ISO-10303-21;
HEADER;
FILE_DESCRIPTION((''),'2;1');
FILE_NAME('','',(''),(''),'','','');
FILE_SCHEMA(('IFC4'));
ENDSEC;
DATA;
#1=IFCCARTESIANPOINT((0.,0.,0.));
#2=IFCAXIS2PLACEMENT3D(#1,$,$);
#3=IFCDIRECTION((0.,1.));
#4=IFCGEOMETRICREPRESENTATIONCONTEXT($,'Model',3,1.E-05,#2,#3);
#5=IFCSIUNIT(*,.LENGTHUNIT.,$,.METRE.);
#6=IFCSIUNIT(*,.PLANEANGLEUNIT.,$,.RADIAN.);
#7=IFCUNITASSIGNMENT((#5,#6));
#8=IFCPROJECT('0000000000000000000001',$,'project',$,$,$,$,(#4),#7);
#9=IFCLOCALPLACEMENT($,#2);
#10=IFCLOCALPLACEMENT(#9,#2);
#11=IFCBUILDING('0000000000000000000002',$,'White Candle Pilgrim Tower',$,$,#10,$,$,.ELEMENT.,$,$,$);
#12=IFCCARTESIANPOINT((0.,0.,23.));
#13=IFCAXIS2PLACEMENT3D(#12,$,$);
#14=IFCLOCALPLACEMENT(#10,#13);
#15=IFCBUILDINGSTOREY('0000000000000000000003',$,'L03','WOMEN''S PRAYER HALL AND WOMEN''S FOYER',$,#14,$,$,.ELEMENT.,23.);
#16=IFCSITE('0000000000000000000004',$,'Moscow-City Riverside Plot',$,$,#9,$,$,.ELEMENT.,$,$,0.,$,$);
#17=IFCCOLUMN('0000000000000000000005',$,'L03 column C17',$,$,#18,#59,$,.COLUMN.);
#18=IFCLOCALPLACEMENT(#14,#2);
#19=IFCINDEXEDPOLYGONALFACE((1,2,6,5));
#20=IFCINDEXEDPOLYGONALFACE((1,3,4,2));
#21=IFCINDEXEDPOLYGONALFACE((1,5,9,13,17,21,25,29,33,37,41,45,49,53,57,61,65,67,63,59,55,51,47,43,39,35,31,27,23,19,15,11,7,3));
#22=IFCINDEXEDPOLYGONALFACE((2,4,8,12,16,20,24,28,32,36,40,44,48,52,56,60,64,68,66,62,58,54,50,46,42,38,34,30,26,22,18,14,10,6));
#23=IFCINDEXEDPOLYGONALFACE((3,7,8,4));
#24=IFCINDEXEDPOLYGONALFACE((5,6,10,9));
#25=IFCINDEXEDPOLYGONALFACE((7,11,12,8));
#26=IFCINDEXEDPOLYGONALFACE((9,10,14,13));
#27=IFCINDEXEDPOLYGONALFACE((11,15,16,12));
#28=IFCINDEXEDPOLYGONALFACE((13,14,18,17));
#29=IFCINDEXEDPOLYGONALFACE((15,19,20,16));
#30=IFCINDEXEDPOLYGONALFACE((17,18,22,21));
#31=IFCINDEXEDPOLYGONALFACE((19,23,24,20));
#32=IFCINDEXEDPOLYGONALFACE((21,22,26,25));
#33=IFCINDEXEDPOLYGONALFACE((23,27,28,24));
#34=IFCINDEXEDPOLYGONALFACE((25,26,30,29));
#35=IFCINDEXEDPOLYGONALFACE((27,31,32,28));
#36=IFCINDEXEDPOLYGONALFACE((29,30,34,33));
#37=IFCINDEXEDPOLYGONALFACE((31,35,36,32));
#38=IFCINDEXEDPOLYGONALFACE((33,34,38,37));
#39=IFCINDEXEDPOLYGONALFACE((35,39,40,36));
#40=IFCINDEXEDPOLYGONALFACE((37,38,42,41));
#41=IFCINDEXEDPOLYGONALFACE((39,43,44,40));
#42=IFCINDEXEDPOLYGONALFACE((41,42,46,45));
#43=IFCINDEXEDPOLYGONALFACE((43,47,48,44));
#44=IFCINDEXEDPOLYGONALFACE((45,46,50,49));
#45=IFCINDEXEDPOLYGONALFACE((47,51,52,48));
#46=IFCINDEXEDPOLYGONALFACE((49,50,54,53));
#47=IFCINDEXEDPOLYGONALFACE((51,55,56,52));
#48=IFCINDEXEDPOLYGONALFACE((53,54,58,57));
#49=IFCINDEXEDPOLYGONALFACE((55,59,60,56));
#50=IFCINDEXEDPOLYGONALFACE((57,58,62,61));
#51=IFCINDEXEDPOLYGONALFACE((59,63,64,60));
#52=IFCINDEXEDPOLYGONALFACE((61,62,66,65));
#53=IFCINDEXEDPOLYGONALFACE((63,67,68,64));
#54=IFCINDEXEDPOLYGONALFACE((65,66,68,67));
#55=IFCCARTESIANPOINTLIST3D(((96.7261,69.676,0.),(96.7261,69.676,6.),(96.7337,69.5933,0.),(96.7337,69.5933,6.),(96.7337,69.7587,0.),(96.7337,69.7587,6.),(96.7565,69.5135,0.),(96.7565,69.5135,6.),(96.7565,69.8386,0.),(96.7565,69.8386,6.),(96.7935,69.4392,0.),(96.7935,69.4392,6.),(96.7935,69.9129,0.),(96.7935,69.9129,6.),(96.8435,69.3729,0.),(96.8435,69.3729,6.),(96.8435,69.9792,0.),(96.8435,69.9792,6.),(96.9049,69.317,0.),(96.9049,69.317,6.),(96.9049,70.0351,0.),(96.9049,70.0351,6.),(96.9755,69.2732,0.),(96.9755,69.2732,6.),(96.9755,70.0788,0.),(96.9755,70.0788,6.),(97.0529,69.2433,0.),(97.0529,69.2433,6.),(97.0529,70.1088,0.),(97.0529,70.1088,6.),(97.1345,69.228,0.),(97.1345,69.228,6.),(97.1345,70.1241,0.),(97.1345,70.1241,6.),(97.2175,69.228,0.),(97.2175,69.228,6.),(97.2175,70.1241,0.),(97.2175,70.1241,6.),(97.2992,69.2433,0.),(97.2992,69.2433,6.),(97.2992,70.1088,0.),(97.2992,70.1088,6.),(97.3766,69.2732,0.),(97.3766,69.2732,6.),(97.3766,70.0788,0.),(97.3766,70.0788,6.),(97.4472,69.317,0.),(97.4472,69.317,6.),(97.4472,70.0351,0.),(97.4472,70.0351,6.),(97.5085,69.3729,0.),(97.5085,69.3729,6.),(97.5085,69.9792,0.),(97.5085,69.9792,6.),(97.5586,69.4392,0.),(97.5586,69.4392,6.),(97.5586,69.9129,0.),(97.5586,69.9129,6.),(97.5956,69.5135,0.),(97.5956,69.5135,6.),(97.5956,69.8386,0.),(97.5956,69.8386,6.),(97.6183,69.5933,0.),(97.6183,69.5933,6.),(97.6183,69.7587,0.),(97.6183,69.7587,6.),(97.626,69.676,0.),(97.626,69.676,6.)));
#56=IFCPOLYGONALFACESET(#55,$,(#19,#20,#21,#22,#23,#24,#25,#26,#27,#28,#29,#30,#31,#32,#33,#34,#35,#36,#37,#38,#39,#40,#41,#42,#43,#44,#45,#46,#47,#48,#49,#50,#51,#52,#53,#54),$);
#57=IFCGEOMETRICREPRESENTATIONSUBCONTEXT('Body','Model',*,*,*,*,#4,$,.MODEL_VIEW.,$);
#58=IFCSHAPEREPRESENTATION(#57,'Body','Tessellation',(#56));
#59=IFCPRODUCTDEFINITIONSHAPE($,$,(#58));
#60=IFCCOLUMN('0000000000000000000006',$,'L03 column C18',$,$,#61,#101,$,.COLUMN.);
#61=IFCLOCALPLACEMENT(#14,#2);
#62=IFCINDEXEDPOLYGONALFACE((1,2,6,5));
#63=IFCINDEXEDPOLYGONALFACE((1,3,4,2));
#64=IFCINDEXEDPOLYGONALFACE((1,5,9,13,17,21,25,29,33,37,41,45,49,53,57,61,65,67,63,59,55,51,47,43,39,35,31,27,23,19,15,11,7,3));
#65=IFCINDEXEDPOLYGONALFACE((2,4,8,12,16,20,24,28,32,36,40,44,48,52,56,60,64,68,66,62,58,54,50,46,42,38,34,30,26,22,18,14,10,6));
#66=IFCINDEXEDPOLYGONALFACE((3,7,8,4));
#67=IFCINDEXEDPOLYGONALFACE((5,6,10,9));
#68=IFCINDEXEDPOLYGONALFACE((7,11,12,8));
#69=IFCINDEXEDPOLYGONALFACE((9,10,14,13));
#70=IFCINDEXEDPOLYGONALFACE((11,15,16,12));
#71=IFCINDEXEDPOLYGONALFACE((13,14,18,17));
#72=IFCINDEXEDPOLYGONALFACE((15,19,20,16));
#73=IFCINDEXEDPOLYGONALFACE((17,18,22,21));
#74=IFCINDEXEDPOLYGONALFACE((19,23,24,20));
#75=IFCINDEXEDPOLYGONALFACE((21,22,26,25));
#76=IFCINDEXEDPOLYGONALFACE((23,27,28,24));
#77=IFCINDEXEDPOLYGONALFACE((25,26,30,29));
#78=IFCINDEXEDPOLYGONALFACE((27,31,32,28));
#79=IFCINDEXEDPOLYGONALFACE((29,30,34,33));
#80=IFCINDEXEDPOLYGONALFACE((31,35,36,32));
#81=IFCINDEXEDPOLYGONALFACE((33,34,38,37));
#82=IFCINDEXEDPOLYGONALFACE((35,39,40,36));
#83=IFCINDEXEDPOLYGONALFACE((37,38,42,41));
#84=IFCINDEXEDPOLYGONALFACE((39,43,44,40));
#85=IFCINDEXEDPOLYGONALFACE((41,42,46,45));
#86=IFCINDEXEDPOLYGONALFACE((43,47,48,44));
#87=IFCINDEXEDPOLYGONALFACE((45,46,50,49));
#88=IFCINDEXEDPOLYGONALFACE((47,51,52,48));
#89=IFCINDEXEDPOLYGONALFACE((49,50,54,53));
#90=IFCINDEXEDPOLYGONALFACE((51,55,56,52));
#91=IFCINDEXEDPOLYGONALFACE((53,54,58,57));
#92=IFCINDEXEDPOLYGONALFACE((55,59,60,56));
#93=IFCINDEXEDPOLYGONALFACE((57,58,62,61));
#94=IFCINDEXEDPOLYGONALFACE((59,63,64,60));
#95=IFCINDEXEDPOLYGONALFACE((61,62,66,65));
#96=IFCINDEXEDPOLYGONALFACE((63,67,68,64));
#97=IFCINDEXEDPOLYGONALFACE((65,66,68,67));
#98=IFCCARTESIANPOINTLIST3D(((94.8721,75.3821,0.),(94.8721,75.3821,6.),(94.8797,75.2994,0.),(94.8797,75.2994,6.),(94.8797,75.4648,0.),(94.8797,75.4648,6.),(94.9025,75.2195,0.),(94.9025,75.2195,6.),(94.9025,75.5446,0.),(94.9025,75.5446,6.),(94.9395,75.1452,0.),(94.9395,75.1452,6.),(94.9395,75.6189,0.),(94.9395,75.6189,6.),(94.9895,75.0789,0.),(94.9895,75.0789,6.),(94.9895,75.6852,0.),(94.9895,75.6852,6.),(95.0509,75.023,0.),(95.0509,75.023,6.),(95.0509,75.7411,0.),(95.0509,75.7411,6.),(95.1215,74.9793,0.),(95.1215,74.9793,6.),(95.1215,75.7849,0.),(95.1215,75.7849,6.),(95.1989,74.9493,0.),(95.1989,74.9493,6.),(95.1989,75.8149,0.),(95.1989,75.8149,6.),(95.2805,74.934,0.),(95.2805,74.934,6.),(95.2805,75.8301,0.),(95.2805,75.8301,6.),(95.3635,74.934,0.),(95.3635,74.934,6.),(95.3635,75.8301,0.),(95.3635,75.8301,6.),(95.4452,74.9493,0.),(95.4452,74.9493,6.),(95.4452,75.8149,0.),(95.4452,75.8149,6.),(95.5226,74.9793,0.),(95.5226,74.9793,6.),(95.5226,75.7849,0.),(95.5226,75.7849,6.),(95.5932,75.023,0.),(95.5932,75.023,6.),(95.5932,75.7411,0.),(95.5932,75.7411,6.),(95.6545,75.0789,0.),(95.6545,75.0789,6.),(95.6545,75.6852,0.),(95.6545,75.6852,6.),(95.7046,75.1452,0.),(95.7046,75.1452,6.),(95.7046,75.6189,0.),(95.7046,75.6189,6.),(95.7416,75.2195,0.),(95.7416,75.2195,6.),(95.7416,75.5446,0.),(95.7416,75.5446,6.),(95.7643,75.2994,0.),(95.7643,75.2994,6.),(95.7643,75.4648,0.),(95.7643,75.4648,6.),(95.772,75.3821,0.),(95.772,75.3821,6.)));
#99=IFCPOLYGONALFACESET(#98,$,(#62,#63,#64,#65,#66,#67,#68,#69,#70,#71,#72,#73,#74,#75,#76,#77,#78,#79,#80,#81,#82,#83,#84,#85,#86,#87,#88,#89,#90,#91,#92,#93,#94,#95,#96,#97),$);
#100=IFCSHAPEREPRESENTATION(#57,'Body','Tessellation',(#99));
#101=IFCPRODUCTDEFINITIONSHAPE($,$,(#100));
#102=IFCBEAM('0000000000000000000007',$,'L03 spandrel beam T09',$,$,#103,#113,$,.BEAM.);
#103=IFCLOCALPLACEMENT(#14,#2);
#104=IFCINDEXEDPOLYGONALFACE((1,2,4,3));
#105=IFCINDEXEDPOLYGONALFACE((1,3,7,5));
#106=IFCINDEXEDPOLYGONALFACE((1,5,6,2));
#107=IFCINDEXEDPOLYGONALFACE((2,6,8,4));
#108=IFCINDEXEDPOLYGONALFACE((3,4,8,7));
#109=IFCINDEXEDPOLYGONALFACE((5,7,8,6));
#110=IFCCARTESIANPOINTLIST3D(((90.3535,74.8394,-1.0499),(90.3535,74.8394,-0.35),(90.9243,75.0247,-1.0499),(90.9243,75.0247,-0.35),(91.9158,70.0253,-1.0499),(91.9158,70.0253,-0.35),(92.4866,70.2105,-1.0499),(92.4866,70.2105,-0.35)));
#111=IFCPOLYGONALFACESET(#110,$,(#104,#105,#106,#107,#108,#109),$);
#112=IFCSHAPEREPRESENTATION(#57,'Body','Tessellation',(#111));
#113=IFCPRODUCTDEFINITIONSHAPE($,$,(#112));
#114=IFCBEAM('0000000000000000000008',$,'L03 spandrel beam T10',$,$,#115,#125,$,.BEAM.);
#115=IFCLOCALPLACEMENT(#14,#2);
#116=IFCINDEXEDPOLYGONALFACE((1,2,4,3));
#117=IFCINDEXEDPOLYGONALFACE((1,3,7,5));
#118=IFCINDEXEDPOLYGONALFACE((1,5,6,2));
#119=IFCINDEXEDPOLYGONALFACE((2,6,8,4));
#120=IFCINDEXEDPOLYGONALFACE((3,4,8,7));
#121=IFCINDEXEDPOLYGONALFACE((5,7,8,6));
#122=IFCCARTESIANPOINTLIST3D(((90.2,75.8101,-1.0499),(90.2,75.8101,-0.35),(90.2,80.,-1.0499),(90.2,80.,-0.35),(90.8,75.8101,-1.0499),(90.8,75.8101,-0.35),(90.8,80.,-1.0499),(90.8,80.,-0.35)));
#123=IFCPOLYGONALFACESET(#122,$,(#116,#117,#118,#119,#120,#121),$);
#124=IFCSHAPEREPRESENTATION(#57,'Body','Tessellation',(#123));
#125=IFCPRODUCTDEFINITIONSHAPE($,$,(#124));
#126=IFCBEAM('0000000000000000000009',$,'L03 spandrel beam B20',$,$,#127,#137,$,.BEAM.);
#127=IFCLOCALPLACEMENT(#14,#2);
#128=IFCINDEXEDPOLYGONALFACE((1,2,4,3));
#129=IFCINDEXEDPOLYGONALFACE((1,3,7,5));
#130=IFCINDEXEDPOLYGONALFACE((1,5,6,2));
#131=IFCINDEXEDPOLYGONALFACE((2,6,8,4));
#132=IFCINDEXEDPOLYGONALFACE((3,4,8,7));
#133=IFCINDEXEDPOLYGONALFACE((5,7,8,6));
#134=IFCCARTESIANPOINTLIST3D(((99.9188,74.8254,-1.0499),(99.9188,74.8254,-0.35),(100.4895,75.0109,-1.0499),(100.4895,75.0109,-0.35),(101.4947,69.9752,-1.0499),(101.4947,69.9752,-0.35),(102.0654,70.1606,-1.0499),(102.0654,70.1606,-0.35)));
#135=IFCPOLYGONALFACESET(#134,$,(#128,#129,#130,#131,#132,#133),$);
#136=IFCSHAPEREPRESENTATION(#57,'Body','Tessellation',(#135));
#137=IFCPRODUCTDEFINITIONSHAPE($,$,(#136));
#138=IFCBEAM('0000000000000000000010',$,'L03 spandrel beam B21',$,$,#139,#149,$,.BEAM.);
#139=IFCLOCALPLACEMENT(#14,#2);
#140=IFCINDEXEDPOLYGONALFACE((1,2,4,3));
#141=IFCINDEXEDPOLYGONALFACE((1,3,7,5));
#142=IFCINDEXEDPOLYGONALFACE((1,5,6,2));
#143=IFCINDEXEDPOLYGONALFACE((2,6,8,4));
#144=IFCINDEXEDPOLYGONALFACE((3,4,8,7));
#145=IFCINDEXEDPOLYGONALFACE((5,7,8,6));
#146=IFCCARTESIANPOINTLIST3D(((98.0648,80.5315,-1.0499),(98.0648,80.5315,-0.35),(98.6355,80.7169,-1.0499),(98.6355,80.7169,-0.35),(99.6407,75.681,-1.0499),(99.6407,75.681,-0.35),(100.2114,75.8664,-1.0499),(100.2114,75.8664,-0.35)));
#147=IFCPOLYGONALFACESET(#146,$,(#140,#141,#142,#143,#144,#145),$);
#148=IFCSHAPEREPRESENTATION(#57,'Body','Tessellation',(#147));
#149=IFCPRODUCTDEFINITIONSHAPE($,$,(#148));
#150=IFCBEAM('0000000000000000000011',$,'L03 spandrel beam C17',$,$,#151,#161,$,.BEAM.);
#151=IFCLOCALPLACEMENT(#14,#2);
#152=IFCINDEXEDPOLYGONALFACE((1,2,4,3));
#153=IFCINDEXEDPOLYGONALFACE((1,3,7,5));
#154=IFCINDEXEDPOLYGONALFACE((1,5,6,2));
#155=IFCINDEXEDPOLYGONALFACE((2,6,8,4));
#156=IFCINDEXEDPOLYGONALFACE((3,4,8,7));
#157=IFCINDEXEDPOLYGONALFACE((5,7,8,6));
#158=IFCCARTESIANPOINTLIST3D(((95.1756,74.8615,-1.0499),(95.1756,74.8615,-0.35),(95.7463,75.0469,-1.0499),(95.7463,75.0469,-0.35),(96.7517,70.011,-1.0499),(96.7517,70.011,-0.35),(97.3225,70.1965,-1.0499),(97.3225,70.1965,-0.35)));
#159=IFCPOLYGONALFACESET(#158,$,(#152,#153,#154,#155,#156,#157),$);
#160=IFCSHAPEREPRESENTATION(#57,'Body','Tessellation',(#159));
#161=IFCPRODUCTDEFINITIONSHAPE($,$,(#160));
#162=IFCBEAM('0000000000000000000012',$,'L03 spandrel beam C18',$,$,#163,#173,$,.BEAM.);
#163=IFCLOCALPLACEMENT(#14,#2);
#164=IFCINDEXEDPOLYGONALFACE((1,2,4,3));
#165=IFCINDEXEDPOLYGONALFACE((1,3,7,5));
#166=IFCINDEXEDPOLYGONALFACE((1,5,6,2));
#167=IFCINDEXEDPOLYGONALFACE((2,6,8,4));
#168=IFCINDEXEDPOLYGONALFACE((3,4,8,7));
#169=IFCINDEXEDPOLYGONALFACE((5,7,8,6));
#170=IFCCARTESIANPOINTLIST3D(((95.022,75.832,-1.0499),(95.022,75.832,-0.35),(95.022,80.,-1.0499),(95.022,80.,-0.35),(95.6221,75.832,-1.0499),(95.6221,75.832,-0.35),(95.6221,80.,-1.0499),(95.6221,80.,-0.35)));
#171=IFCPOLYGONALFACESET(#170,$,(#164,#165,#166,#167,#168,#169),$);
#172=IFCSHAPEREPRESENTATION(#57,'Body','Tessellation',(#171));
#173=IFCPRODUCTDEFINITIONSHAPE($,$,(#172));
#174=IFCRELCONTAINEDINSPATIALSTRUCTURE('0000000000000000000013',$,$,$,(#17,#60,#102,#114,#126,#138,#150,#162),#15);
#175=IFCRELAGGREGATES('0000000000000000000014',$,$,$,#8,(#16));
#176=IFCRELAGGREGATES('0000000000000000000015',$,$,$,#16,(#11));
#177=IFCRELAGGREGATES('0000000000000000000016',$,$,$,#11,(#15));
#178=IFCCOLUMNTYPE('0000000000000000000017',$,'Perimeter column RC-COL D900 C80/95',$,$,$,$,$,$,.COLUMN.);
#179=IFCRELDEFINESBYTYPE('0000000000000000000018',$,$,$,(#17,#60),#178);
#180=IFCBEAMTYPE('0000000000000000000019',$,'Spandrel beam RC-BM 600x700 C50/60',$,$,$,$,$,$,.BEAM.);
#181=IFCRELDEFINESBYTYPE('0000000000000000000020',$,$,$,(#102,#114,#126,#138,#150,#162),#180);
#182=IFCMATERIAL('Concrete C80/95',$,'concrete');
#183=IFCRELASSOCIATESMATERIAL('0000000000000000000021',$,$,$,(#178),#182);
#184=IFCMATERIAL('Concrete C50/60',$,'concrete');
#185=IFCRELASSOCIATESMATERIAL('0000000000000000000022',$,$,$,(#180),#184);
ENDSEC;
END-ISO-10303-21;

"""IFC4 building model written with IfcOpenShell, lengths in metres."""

from ifc_helpers import new_model, si_unit, direction, frame, origin, origin_2d, place, context, subcontext, project, spatial, rectangle, circle, extrude, material, material_profile, profile_set, type_object, element, save


model = new_model("IFC4")

# Units and contexts
model_context = context("Model", 3, precision=1e-05, world=origin(), true_north=direction((0.0, 1.0)))
body_context = subcontext(model_context, "Body", "Model", "MODEL_VIEW")
ifc_project = project(units=[si_unit("LENGTHUNIT", "METRE"), si_unit("PLANEANGLEUNIT", "RADIAN")], contexts=[model_context])

# Site, building, storey
site_placement = place(None, origin())
site = spatial("IfcSite", under=ifc_project, at=site_placement, Name="Moscow-City Riverside Plot", CompositionType="ELEMENT", RefElevation=0.0)
building_placement = place(site_placement, origin())
building = spatial("IfcBuilding", under=site, at=building_placement, Name="White Candle Pilgrim Tower", CompositionType="ELEMENT")
storey_placement = place(building_placement, frame((0.0, 0.0, 23.0)))
storey = spatial("IfcBuildingStorey", under=building, at=storey_placement, Name="L03", Description="WOMEN'S PRAYER HALL AND WOMEN'S FOYER", CompositionType="ELEMENT", Elevation=23.0)

# Columns
ifc_material_1 = material(Name="Concrete C80/95", Category="concrete")
ifc_material_profile_1 = material_profile(ifc_material_1, circle(Radius=0.45, at=origin_2d()), Name="RC-COL D900")
ifc_profile_set_1 = profile_set([ifc_material_profile_1], Name="Concrete C80/95")
column_type = type_object("IfcColumnType", Name="Perimeter column RC-COL D900 C80/95", PredefinedType="COLUMN", material=ifc_profile_set_1)
for number, where, z_axis, x_axis, name in (
    (1, (97.176, 69.676, 0.0), (0.0, 0.0, 1.0), (1.0, 0.0, 0.0), "L03 column C17"),
    (2, (95.322, 75.3821, 0.0), (0.0, 0.0, 1.0), (1.0, 0.0, 0.0), "L03 column C18"),
):
    element("IfcColumn", number, at=place(storey_placement, frame(where, z_axis=z_axis, x_axis=x_axis)), inside=storey, type_object=column_type, Name=name, PredefinedType="COLUMN", context=body_context, shape_type="SweptSolid", body=[
        extrude(circle(Radius=0.45, at=origin_2d()), origin(), (0.0, 0.0, 1.0), 6.0),
    ])

# Beams
ifc_material_2 = material(Name="Concrete C50/60", Category="concrete")
ifc_material_profile_2 = material_profile(ifc_material_2, rectangle(XDim=0.6001, YDim=0.7, at=origin_2d()), Name="RC-BM 600x700")
ifc_profile_set_2 = profile_set([ifc_material_profile_2], Name="Concrete C50/60")
beam_type = type_object("IfcBeamType", Name="Spandrel beam RC-BM 600x700 C50/60", PredefinedType="BEAM", material=ifc_profile_set_2)
beam_1_placement = place(storey_placement, frame((92.2012, 70.1179, -0.7), z_axis=(-0.308664, 0.951171, 0.0), x_axis=(-0.951171, -0.308664, 0.0)))
element("IfcBeam", 3, at=beam_1_placement, inside=storey, type_object=beam_type, Name="L03 spandrel beam T09", PredefinedType="BEAM", context=body_context, shape_type="SweptSolid", body=[
    extrude(rectangle(XDim=0.6001, YDim=0.7, at=origin_2d()), origin(), (0.0, 0.0, 1.0), 5.0613),
])
beam_2_placement = place(storey_placement, frame((90.5, 75.8101, -0.7), z_axis=(0.0, 1.0, 0.0), x_axis=(-1.0, 0.0, 0.0)))
element("IfcBeam", 4, at=beam_2_placement, inside=storey, type_object=beam_type, Name="L03 spandrel beam T10", PredefinedType="BEAM", context=body_context, shape_type="SweptSolid", body=[
    extrude(rectangle(XDim=0.6001, YDim=0.7, at=origin_2d()), origin(), (0.0, 0.0, 1.0), 4.1899),
])
beam_3_placement = place(storey_placement, frame((101.78, 70.0679, -0.7), z_axis=(-0.309009, 0.951059, 0.0), x_axis=(-0.951059, -0.309009, 0.0)))
element("IfcBeam", 5, at=beam_3_placement, inside=storey, type_object=beam_type, Name="L03 spandrel beam B20", PredefinedType="BEAM", context=body_context, shape_type="SweptSolid", body=[
    extrude(rectangle(XDim=0.6001, YDim=0.7, at=origin_2d()), origin(), (0.0, 0.0, 1.0), 5.0999),
])
for number, where, z_axis, x_axis, name in (
    (6, (99.926, 75.7737, -0.7), (-0.308995, 0.951064, 0.0), (-0.951064, -0.308995, 0.0), "L03 spandrel beam B21"),
    (7, (97.0371, 70.1038, -0.7), (-0.309053, 0.951045, 0.0), (-0.951045, -0.309053, 0.0), "L03 spandrel beam C17"),
):
    element("IfcBeam", number, at=place(storey_placement, frame(where, z_axis=z_axis, x_axis=x_axis)), inside=storey, type_object=beam_type, Name=name, PredefinedType="BEAM", context=body_context, shape_type="SweptSolid", body=[
        extrude(rectangle(XDim=0.6001, YDim=0.7, at=origin_2d()), origin(), (0.0, 0.0, 1.0), 5.1001),
    ])
beam_4_placement = place(storey_placement, frame((95.322, 75.832, -0.7), z_axis=(0.0, 1.0, 0.0), x_axis=(-1.0, 0.0, 0.0)))
element("IfcBeam", 8, at=beam_4_placement, inside=storey, type_object=beam_type, Name="L03 spandrel beam C18", PredefinedType="BEAM", context=body_context, shape_type="SweptSolid", body=[
    extrude(rectangle(XDim=0.6001, YDim=0.7, at=origin_2d()), origin(), (0.0, 0.0, 1.0), 4.168),
])

save(model, "model.ifc")
